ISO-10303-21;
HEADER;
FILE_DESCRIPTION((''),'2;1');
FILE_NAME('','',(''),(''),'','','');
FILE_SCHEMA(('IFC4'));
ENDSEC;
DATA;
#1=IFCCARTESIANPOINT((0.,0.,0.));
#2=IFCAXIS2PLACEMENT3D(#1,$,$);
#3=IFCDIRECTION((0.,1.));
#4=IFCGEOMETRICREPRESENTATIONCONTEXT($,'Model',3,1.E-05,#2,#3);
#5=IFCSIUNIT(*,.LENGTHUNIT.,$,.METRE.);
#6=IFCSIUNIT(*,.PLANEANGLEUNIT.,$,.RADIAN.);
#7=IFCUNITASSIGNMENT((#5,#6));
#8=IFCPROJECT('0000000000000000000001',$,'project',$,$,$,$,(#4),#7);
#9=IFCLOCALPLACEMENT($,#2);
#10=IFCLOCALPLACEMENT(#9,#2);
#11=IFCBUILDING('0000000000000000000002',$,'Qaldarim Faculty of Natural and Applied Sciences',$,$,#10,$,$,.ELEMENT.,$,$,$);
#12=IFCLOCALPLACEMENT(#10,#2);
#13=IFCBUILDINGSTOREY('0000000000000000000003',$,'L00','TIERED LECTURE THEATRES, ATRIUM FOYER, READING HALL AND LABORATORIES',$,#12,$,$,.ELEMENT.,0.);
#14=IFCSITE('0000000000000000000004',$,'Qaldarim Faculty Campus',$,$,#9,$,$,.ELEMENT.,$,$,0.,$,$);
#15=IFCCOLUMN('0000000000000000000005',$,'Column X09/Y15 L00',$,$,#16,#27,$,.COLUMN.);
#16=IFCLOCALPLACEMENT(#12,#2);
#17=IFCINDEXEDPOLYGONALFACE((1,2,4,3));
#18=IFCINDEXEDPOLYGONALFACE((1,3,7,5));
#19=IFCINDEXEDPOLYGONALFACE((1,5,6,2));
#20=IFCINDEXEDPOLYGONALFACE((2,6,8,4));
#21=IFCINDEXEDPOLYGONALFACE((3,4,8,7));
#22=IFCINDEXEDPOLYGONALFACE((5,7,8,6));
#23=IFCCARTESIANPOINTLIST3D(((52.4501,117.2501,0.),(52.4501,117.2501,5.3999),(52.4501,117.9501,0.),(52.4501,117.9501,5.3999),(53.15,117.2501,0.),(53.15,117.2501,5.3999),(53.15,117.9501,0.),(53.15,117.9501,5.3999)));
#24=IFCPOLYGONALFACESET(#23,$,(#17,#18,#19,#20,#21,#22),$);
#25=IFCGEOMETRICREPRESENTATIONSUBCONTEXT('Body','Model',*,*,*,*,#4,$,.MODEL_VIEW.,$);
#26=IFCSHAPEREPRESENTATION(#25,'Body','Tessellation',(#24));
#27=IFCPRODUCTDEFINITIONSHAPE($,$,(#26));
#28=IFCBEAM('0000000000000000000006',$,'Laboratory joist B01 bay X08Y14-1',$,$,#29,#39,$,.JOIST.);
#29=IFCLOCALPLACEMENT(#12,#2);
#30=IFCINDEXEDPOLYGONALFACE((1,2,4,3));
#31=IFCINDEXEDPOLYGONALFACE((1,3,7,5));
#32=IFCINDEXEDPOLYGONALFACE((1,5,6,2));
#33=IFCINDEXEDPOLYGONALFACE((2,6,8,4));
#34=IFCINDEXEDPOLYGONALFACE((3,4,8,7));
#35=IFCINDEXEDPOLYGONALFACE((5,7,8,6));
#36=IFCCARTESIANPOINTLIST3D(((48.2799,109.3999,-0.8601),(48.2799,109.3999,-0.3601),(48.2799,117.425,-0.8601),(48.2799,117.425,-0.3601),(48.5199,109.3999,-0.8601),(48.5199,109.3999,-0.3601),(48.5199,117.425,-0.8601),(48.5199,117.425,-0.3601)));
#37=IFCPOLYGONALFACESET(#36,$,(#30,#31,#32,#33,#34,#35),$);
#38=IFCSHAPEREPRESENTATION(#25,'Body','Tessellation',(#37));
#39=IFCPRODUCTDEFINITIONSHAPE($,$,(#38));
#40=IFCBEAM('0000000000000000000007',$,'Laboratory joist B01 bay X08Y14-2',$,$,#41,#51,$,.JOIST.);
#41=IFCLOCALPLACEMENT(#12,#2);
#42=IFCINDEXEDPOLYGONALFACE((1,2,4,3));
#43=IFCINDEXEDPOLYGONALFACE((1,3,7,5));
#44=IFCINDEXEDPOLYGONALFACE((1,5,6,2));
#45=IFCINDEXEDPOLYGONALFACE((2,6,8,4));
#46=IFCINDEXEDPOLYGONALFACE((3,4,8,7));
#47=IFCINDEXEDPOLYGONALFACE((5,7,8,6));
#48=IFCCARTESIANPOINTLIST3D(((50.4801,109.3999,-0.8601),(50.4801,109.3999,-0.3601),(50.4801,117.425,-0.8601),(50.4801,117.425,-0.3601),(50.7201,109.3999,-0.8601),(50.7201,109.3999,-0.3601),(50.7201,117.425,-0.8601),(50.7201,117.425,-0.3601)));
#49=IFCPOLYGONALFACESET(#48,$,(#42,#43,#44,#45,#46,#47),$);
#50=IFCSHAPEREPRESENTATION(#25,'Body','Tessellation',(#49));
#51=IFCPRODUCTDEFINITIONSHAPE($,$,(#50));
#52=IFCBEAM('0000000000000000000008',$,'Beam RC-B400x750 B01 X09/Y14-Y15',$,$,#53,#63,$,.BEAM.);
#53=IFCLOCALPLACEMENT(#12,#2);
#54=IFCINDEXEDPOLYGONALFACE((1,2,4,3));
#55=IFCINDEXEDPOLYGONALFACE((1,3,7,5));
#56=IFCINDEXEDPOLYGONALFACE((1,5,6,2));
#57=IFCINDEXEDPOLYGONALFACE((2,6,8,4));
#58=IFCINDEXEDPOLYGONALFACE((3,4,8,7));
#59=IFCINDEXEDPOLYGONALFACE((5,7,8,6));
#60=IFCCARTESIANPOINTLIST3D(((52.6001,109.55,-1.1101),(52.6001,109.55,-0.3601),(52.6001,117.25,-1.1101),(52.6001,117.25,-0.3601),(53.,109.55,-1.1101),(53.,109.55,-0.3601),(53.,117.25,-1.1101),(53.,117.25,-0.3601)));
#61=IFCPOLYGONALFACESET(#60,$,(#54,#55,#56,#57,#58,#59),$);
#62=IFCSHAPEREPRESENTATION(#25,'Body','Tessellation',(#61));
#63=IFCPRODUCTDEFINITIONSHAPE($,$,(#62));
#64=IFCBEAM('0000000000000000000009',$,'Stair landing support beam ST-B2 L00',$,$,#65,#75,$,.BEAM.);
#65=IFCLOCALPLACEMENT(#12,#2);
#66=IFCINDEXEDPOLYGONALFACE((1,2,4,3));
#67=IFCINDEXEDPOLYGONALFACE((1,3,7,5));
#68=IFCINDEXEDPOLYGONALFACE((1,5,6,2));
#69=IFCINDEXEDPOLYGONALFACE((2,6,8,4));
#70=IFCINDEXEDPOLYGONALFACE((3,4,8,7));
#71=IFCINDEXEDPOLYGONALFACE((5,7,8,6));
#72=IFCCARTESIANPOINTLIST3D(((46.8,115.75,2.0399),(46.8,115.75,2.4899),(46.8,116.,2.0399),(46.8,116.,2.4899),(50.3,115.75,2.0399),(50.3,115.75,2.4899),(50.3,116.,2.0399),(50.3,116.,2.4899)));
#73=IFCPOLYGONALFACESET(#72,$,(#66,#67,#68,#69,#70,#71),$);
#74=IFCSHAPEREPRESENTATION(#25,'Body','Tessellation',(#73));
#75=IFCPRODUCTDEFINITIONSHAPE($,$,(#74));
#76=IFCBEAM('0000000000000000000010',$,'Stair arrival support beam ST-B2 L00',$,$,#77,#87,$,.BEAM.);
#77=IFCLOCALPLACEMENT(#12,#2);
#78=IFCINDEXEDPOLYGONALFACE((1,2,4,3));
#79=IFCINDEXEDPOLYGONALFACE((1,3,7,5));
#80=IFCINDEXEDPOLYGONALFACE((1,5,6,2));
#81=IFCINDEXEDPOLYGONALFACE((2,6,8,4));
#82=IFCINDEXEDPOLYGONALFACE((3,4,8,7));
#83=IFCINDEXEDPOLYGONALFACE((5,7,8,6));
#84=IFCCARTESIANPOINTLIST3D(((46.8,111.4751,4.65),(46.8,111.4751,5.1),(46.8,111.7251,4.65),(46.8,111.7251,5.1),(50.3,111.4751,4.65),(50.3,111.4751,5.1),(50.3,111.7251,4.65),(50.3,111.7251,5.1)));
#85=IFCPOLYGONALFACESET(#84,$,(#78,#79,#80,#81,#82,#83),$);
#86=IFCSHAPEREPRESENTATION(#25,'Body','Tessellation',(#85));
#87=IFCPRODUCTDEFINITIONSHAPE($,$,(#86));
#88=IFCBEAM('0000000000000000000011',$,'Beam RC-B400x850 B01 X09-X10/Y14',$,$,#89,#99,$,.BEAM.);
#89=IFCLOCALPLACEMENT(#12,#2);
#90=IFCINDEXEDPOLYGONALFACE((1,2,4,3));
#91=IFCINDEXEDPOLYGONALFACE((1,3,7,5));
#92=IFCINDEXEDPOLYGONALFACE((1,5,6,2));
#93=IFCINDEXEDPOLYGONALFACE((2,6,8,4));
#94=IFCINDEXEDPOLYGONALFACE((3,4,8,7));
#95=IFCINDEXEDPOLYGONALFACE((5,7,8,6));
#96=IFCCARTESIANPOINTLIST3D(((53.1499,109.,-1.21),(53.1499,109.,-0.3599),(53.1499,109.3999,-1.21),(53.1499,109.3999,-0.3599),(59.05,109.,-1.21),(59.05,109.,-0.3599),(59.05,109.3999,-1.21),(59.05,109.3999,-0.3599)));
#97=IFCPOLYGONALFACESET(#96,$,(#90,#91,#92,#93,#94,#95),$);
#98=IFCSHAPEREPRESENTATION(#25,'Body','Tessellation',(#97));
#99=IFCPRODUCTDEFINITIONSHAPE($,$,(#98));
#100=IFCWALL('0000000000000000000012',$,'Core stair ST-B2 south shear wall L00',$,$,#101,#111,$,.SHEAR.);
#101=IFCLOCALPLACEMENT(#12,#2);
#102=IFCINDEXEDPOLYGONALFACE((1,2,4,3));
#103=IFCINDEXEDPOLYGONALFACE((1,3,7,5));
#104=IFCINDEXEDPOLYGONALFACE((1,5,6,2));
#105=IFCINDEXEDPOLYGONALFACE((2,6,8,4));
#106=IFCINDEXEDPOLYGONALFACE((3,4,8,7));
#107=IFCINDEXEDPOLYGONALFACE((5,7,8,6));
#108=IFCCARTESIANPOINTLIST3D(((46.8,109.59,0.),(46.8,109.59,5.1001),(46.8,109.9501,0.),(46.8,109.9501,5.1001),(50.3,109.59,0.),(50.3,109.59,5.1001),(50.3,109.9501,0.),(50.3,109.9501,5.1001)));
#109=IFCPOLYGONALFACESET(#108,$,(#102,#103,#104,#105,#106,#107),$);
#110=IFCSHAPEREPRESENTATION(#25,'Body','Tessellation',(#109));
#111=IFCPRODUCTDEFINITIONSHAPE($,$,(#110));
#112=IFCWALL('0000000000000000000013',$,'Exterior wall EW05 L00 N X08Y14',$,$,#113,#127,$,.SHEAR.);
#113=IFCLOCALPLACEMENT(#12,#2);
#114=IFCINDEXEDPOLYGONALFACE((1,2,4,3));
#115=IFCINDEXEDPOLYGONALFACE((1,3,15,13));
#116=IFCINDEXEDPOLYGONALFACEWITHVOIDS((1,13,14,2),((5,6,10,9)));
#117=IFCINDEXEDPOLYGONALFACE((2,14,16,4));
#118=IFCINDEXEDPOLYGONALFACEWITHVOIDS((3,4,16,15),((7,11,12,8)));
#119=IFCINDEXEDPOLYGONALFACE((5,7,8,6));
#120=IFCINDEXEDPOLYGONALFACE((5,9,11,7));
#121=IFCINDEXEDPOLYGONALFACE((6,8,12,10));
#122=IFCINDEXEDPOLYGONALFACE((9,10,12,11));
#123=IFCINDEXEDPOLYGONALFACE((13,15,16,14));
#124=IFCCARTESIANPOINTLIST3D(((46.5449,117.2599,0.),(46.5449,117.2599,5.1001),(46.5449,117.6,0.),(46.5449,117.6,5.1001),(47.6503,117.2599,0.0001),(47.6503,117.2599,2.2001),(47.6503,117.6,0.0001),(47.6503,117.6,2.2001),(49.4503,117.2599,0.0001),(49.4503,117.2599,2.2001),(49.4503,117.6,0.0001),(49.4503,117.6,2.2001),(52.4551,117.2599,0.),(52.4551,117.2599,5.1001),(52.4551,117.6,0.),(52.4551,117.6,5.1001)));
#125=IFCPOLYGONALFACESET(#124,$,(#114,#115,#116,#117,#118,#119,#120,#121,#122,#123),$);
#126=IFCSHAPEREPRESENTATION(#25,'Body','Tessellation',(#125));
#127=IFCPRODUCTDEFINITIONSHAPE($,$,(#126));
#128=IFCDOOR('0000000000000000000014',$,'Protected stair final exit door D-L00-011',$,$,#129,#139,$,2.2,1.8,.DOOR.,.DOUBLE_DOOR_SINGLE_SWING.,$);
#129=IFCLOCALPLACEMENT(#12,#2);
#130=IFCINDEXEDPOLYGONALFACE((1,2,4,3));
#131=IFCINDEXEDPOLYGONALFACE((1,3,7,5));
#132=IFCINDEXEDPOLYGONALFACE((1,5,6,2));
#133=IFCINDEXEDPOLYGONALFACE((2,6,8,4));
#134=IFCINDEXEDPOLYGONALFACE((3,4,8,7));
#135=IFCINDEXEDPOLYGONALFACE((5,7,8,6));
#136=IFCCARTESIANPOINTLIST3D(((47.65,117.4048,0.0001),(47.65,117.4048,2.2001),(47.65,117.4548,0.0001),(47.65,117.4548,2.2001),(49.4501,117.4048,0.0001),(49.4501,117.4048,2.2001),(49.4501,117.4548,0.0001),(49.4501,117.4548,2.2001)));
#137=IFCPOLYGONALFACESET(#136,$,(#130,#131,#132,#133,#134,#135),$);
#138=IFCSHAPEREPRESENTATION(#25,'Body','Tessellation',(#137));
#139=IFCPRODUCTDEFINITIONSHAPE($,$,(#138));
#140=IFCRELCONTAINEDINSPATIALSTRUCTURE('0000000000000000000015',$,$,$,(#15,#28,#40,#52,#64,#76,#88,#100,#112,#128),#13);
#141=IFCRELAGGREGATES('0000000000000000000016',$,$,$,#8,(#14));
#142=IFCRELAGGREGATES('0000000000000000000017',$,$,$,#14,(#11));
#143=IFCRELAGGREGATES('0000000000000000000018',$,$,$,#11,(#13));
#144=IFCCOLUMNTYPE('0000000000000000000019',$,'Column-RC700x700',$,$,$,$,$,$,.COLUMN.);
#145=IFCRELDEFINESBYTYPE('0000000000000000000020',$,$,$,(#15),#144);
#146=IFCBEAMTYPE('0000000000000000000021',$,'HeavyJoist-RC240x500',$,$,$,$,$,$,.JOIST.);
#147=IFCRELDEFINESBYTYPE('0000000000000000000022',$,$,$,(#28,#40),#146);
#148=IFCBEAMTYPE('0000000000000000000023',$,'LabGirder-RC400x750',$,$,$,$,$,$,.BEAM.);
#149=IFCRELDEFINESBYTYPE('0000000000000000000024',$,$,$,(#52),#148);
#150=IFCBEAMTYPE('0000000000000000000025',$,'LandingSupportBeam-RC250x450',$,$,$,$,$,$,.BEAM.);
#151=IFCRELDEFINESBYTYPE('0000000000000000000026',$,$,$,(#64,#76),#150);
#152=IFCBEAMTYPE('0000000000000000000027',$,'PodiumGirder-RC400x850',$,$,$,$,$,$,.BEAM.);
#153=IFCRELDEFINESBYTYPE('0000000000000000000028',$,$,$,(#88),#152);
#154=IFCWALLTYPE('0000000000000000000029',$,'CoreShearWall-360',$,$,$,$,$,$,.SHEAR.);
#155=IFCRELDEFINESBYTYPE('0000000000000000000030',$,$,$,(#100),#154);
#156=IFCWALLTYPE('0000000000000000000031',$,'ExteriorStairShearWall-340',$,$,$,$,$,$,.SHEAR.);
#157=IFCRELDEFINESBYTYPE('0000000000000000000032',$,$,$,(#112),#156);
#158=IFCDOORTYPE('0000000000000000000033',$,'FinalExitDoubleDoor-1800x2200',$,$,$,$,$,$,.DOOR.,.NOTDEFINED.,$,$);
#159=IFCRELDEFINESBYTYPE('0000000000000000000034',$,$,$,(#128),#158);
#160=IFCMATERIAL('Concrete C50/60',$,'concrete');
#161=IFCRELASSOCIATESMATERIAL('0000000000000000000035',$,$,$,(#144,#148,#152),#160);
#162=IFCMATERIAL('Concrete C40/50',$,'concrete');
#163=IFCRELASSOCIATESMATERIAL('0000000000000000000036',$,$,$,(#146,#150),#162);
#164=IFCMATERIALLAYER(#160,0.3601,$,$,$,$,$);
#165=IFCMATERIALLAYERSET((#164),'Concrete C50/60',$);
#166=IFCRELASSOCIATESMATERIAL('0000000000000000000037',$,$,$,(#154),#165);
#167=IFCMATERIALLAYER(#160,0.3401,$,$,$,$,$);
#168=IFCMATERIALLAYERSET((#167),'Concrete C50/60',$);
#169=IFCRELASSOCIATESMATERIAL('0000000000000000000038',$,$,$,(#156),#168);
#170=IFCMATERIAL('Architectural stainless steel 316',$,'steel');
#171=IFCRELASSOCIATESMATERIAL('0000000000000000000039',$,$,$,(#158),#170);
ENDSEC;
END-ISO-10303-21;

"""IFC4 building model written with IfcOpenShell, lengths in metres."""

from ifc_helpers import new_model, si_unit, direction, frame, frame_2d, origin, origin_2d, place, context, subcontext, project, spatial, rectangle, extrude, material, layer, layer_set, material_profile, profile_set, type_object, element, fill, save


model = new_model("IFC4")

# Units and contexts
model_context = context("Model", 3, precision=1e-05, world=origin(), true_north=direction((0.0, 1.0)))
body_context = subcontext(model_context, "Body", "Model", "MODEL_VIEW")
ifc_project = project(units=[si_unit("LENGTHUNIT", "METRE"), si_unit("PLANEANGLEUNIT", "RADIAN")], contexts=[model_context])

# Site, building, storey
site_placement = place(None, origin())
site = spatial("IfcSite", under=ifc_project, at=site_placement, Name="Qaldarim Faculty Campus", CompositionType="ELEMENT", RefElevation=0.0)
building_placement = place(site_placement, origin())
building = spatial("IfcBuilding", under=site, at=building_placement, Name="Qaldarim Faculty of Natural and Applied Sciences", CompositionType="ELEMENT")
storey_placement = place(building_placement, origin())
storey = spatial("IfcBuildingStorey", under=building, at=storey_placement, Name="L00", Description="TIERED LECTURE THEATRES, ATRIUM FOYER, READING HALL AND LABORATORIES", CompositionType="ELEMENT", Elevation=0.0)

# Column
ifc_material_1 = material(Name="Concrete C50/60", Category="concrete")
ifc_material_profile_1 = material_profile(ifc_material_1, rectangle(XDim=0.7, YDim=0.7, at=origin_2d()), Name="RC-C700x700")
ifc_profile_set_1 = profile_set([ifc_material_profile_1], Name="Concrete C50/60")
column_type = type_object("IfcColumnType", Name="Column-RC700x700", PredefinedType="COLUMN", material=ifc_profile_set_1)
column_placement = place(storey_placement, frame((52.8, 117.6001, 0.0), z_axis=(0.0, 0.0, 1.0), x_axis=(1.0, 0.0, 0.0)))
element("IfcColumn", 1, at=column_placement, inside=storey, type_object=column_type, Name="Column X09/Y15 L00", PredefinedType="COLUMN", context=body_context, shape_type="SweptSolid", body=[
    extrude(rectangle(XDim=0.7, YDim=0.7, at=origin_2d()), origin(), (0.0, 0.0, 1.0), 5.3999),
])

# Beams
ifc_material_2 = material(Name="Concrete C40/50", Category="concrete")
ifc_material_profile_2 = material_profile(ifc_material_2, rectangle(XDim=0.24, YDim=0.5, at=origin_2d()), Name="RC-J240x500")
ifc_profile_set_2 = profile_set([ifc_material_profile_2], Name="Concrete C40/50")
beam_type_1 = type_object("IfcBeamType", Name="HeavyJoist-RC240x500", PredefinedType="JOIST", material=ifc_profile_set_2)
for number, where, z_axis, x_axis, name in (
    (2, (48.3999, 109.3999, -0.6101), (0.0, 1.0, 0.0), (-1.0, 0.0, 0.0), "Laboratory joist B01 bay X08Y14-1"),
    (3, (50.6001, 109.3999, -0.6101), (0.0, 1.0, 0.0), (-1.0, 0.0, 0.0), "Laboratory joist B01 bay X08Y14-2"),
):
    element("IfcBeam", number, at=place(storey_placement, frame(where, z_axis=z_axis, x_axis=x_axis)), inside=storey, type_object=beam_type_1, Name=name, PredefinedType="JOIST", context=body_context, shape_type="SweptSolid", body=[
        extrude(rectangle(XDim=0.24, YDim=0.5, at=origin_2d()), origin(), (0.0, 0.0, 1.0), 8.0251),
    ])
ifc_material_profile_3 = material_profile(ifc_material_1, rectangle(XDim=0.3999, YDim=0.75, at=origin_2d()), Name="RC-B400x750")
ifc_profile_set_3 = profile_set([ifc_material_profile_3], Name="Concrete C50/60")
beam_type_2 = type_object("IfcBeamType", Name="LabGirder-RC400x750", PredefinedType="BEAM", material=ifc_profile_set_3)
beam_1_placement = place(storey_placement, frame((52.8, 109.55, -0.7351), z_axis=(0.0, 1.0, 0.0), x_axis=(-1.0, 0.0, 0.0)))
element("IfcBeam", 4, at=beam_1_placement, inside=storey, type_object=beam_type_2, Name="Beam RC-B400x750 B01 X09/Y14-Y15", PredefinedType="BEAM", context=body_context, shape_type="SweptSolid", body=[
    extrude(rectangle(XDim=0.3999, YDim=0.75, at=origin_2d()), origin(), (0.0, 0.0, 1.0), 7.7),
])
ifc_material_profile_4 = material_profile(ifc_material_2, rectangle(XDim=0.25, YDim=0.45, at=origin_2d()), Name="RC-LN250x450")
ifc_profile_set_4 = profile_set([ifc_material_profile_4], Name="Concrete C40/50")
beam_type_3 = type_object("IfcBeamType", Name="LandingSupportBeam-RC250x450", PredefinedType="BEAM", material=ifc_profile_set_4)
for number, where, z_axis, x_axis, name in (
    (5, (46.8, 115.875, 2.2649), (1.0, 0.0, 0.0), (0.0, 1.0, 0.0), "Stair landing support beam ST-B2 L00"),
    (6, (46.8, 111.6001, 4.875), (1.0, 0.0, 0.0), (0.0, 1.0, 0.0), "Stair arrival support beam ST-B2 L00"),
):
    element("IfcBeam", number, at=place(storey_placement, frame(where, z_axis=z_axis, x_axis=x_axis)), inside=storey, type_object=beam_type_3, Name=name, PredefinedType="BEAM", context=body_context, shape_type="SweptSolid", body=[
        extrude(rectangle(XDim=0.25, YDim=0.45, at=origin_2d()), origin(), (0.0, 0.0, 1.0), 3.5),
    ])
ifc_material_profile_5 = material_profile(ifc_material_1, rectangle(XDim=0.3999, YDim=0.8501, at=origin_2d()), Name="RC-B400x850")
ifc_profile_set_5 = profile_set([ifc_material_profile_5], Name="Concrete C50/60")
beam_type_4 = type_object("IfcBeamType", Name="PodiumGirder-RC400x850", PredefinedType="BEAM", material=ifc_profile_set_5)
beam_2_placement = place(storey_placement, frame((53.1499, 109.2, -0.7849), z_axis=(1.0, 0.0, 0.0), x_axis=(0.0, 1.0, 0.0)))
element("IfcBeam", 7, at=beam_2_placement, inside=storey, type_object=beam_type_4, Name="Beam RC-B400x850 B01 X09-X10/Y14", PredefinedType="BEAM", context=body_context, shape_type="SweptSolid", body=[
    extrude(rectangle(XDim=0.3999, YDim=0.8501, at=origin_2d()), origin(), (0.0, 0.0, 1.0), 5.9001),
])

# Shared definitions
ifc_layer_1 = layer(ifc_material_1, 0.3601)
ifc_layer_set_1 = layer_set([ifc_layer_1], Name="Concrete C50/60")
wall_type_1 = type_object("IfcWallType", Name="CoreShearWall-360", PredefinedType="SHEAR", material=ifc_layer_set_1)
ifc_material_3 = material(Name="Architectural stainless steel 316", Category="steel")

# Wall
wall_1_placement = place(storey_placement, frame((46.8, 109.77, 0.0), z_axis=(0.0, 0.0, 1.0), x_axis=(1.0, 0.0, 0.0)))
element("IfcWall", 8, at=wall_1_placement, inside=storey, type_object=wall_type_1, Name="Core stair ST-B2 south shear wall L00", PredefinedType="SHEAR", context=body_context, shape_type="SweptSolid", body=[
    extrude(rectangle(XDim=3.5, YDim=0.3601, at=frame_2d((1.75, 0.0))), origin(), (0.0, 0.0, 1.0), 5.1001),
])

# Wall, opening, door
ifc_layer_2 = layer(ifc_material_1, 0.3401)
ifc_layer_set_2 = layer_set([ifc_layer_2], Name="Concrete C50/60")
wall_type_2 = type_object("IfcWallType", Name="ExteriorStairShearWall-340", PredefinedType="SHEAR", material=ifc_layer_set_2)
wall_2_placement = place(storey_placement, frame((52.4551, 117.4299, 0.0), z_axis=(0.0, 0.0, 1.0), x_axis=(-1.0, 0.0, 0.0)))
wall_2 = element("IfcWall", 9, at=wall_2_placement, inside=storey, type_object=wall_type_2, Name="Exterior wall EW05 L00 N X08Y14", PredefinedType="SHEAR", context=body_context, shape_type="SweptSolid", body=[
    extrude(rectangle(XDim=5.9102, YDim=0.3401, at=frame_2d((2.9551, 0.0))), origin(), (0.0, 0.0, 1.0), 5.1001),
])
opening_1_placement = place(wall_2_placement, frame((3.0049, 0.0, 0.0)))
opening_1 = element("IfcOpeningElement", 10, at=opening_1_placement, cuts=wall_2, PredefinedType="OPENING", context=body_context, shape_type="SweptSolid", body=[
    extrude(rectangle(XDim=1.8, YDim=2.2, at=frame_2d((0.8999, 1.1001))), frame((0.0, 0.1799, 0.0), z_axis=(0.0, -1.0, 0.0), x_axis=(1.0, 0.0, 0.0)), (0.0, 0.0, 1.0), 0.3601),
])
door_type_1 = type_object("IfcDoorType", Name="FinalExitDoubleDoor-1800x2200", OperationType="NOTDEFINED", PredefinedType="DOOR", material=ifc_material_3)
door_1_placement = place(opening_1_placement, frame((1.8, 0.0, 0.0), z_axis=(0.0, 0.0, 1.0), x_axis=(-1.0, 0.0, 0.0)))
door_1 = element("IfcDoor", 11, at=door_1_placement, inside=storey, type_object=door_type_1, Name="Protected stair final exit door D-L00-011", OperationType="DOUBLE_DOOR_SINGLE_SWING", OverallHeight=2.2, OverallWidth=1.8, PredefinedType="DOOR", context=body_context, shape_type="SweptSolid", body=[
    extrude(rectangle(XDim=1.8, YDim=2.2, at=frame_2d((0.8999, 1.1001))), frame((0.0, 0.0249, 0.0), z_axis=(0.0, -1.0, 0.0), x_axis=(1.0, 0.0, 0.0)), (0.0, 0.0, 1.0), 0.05),
])
fill(opening_1, door_1)

save(model, "model.ifc")
